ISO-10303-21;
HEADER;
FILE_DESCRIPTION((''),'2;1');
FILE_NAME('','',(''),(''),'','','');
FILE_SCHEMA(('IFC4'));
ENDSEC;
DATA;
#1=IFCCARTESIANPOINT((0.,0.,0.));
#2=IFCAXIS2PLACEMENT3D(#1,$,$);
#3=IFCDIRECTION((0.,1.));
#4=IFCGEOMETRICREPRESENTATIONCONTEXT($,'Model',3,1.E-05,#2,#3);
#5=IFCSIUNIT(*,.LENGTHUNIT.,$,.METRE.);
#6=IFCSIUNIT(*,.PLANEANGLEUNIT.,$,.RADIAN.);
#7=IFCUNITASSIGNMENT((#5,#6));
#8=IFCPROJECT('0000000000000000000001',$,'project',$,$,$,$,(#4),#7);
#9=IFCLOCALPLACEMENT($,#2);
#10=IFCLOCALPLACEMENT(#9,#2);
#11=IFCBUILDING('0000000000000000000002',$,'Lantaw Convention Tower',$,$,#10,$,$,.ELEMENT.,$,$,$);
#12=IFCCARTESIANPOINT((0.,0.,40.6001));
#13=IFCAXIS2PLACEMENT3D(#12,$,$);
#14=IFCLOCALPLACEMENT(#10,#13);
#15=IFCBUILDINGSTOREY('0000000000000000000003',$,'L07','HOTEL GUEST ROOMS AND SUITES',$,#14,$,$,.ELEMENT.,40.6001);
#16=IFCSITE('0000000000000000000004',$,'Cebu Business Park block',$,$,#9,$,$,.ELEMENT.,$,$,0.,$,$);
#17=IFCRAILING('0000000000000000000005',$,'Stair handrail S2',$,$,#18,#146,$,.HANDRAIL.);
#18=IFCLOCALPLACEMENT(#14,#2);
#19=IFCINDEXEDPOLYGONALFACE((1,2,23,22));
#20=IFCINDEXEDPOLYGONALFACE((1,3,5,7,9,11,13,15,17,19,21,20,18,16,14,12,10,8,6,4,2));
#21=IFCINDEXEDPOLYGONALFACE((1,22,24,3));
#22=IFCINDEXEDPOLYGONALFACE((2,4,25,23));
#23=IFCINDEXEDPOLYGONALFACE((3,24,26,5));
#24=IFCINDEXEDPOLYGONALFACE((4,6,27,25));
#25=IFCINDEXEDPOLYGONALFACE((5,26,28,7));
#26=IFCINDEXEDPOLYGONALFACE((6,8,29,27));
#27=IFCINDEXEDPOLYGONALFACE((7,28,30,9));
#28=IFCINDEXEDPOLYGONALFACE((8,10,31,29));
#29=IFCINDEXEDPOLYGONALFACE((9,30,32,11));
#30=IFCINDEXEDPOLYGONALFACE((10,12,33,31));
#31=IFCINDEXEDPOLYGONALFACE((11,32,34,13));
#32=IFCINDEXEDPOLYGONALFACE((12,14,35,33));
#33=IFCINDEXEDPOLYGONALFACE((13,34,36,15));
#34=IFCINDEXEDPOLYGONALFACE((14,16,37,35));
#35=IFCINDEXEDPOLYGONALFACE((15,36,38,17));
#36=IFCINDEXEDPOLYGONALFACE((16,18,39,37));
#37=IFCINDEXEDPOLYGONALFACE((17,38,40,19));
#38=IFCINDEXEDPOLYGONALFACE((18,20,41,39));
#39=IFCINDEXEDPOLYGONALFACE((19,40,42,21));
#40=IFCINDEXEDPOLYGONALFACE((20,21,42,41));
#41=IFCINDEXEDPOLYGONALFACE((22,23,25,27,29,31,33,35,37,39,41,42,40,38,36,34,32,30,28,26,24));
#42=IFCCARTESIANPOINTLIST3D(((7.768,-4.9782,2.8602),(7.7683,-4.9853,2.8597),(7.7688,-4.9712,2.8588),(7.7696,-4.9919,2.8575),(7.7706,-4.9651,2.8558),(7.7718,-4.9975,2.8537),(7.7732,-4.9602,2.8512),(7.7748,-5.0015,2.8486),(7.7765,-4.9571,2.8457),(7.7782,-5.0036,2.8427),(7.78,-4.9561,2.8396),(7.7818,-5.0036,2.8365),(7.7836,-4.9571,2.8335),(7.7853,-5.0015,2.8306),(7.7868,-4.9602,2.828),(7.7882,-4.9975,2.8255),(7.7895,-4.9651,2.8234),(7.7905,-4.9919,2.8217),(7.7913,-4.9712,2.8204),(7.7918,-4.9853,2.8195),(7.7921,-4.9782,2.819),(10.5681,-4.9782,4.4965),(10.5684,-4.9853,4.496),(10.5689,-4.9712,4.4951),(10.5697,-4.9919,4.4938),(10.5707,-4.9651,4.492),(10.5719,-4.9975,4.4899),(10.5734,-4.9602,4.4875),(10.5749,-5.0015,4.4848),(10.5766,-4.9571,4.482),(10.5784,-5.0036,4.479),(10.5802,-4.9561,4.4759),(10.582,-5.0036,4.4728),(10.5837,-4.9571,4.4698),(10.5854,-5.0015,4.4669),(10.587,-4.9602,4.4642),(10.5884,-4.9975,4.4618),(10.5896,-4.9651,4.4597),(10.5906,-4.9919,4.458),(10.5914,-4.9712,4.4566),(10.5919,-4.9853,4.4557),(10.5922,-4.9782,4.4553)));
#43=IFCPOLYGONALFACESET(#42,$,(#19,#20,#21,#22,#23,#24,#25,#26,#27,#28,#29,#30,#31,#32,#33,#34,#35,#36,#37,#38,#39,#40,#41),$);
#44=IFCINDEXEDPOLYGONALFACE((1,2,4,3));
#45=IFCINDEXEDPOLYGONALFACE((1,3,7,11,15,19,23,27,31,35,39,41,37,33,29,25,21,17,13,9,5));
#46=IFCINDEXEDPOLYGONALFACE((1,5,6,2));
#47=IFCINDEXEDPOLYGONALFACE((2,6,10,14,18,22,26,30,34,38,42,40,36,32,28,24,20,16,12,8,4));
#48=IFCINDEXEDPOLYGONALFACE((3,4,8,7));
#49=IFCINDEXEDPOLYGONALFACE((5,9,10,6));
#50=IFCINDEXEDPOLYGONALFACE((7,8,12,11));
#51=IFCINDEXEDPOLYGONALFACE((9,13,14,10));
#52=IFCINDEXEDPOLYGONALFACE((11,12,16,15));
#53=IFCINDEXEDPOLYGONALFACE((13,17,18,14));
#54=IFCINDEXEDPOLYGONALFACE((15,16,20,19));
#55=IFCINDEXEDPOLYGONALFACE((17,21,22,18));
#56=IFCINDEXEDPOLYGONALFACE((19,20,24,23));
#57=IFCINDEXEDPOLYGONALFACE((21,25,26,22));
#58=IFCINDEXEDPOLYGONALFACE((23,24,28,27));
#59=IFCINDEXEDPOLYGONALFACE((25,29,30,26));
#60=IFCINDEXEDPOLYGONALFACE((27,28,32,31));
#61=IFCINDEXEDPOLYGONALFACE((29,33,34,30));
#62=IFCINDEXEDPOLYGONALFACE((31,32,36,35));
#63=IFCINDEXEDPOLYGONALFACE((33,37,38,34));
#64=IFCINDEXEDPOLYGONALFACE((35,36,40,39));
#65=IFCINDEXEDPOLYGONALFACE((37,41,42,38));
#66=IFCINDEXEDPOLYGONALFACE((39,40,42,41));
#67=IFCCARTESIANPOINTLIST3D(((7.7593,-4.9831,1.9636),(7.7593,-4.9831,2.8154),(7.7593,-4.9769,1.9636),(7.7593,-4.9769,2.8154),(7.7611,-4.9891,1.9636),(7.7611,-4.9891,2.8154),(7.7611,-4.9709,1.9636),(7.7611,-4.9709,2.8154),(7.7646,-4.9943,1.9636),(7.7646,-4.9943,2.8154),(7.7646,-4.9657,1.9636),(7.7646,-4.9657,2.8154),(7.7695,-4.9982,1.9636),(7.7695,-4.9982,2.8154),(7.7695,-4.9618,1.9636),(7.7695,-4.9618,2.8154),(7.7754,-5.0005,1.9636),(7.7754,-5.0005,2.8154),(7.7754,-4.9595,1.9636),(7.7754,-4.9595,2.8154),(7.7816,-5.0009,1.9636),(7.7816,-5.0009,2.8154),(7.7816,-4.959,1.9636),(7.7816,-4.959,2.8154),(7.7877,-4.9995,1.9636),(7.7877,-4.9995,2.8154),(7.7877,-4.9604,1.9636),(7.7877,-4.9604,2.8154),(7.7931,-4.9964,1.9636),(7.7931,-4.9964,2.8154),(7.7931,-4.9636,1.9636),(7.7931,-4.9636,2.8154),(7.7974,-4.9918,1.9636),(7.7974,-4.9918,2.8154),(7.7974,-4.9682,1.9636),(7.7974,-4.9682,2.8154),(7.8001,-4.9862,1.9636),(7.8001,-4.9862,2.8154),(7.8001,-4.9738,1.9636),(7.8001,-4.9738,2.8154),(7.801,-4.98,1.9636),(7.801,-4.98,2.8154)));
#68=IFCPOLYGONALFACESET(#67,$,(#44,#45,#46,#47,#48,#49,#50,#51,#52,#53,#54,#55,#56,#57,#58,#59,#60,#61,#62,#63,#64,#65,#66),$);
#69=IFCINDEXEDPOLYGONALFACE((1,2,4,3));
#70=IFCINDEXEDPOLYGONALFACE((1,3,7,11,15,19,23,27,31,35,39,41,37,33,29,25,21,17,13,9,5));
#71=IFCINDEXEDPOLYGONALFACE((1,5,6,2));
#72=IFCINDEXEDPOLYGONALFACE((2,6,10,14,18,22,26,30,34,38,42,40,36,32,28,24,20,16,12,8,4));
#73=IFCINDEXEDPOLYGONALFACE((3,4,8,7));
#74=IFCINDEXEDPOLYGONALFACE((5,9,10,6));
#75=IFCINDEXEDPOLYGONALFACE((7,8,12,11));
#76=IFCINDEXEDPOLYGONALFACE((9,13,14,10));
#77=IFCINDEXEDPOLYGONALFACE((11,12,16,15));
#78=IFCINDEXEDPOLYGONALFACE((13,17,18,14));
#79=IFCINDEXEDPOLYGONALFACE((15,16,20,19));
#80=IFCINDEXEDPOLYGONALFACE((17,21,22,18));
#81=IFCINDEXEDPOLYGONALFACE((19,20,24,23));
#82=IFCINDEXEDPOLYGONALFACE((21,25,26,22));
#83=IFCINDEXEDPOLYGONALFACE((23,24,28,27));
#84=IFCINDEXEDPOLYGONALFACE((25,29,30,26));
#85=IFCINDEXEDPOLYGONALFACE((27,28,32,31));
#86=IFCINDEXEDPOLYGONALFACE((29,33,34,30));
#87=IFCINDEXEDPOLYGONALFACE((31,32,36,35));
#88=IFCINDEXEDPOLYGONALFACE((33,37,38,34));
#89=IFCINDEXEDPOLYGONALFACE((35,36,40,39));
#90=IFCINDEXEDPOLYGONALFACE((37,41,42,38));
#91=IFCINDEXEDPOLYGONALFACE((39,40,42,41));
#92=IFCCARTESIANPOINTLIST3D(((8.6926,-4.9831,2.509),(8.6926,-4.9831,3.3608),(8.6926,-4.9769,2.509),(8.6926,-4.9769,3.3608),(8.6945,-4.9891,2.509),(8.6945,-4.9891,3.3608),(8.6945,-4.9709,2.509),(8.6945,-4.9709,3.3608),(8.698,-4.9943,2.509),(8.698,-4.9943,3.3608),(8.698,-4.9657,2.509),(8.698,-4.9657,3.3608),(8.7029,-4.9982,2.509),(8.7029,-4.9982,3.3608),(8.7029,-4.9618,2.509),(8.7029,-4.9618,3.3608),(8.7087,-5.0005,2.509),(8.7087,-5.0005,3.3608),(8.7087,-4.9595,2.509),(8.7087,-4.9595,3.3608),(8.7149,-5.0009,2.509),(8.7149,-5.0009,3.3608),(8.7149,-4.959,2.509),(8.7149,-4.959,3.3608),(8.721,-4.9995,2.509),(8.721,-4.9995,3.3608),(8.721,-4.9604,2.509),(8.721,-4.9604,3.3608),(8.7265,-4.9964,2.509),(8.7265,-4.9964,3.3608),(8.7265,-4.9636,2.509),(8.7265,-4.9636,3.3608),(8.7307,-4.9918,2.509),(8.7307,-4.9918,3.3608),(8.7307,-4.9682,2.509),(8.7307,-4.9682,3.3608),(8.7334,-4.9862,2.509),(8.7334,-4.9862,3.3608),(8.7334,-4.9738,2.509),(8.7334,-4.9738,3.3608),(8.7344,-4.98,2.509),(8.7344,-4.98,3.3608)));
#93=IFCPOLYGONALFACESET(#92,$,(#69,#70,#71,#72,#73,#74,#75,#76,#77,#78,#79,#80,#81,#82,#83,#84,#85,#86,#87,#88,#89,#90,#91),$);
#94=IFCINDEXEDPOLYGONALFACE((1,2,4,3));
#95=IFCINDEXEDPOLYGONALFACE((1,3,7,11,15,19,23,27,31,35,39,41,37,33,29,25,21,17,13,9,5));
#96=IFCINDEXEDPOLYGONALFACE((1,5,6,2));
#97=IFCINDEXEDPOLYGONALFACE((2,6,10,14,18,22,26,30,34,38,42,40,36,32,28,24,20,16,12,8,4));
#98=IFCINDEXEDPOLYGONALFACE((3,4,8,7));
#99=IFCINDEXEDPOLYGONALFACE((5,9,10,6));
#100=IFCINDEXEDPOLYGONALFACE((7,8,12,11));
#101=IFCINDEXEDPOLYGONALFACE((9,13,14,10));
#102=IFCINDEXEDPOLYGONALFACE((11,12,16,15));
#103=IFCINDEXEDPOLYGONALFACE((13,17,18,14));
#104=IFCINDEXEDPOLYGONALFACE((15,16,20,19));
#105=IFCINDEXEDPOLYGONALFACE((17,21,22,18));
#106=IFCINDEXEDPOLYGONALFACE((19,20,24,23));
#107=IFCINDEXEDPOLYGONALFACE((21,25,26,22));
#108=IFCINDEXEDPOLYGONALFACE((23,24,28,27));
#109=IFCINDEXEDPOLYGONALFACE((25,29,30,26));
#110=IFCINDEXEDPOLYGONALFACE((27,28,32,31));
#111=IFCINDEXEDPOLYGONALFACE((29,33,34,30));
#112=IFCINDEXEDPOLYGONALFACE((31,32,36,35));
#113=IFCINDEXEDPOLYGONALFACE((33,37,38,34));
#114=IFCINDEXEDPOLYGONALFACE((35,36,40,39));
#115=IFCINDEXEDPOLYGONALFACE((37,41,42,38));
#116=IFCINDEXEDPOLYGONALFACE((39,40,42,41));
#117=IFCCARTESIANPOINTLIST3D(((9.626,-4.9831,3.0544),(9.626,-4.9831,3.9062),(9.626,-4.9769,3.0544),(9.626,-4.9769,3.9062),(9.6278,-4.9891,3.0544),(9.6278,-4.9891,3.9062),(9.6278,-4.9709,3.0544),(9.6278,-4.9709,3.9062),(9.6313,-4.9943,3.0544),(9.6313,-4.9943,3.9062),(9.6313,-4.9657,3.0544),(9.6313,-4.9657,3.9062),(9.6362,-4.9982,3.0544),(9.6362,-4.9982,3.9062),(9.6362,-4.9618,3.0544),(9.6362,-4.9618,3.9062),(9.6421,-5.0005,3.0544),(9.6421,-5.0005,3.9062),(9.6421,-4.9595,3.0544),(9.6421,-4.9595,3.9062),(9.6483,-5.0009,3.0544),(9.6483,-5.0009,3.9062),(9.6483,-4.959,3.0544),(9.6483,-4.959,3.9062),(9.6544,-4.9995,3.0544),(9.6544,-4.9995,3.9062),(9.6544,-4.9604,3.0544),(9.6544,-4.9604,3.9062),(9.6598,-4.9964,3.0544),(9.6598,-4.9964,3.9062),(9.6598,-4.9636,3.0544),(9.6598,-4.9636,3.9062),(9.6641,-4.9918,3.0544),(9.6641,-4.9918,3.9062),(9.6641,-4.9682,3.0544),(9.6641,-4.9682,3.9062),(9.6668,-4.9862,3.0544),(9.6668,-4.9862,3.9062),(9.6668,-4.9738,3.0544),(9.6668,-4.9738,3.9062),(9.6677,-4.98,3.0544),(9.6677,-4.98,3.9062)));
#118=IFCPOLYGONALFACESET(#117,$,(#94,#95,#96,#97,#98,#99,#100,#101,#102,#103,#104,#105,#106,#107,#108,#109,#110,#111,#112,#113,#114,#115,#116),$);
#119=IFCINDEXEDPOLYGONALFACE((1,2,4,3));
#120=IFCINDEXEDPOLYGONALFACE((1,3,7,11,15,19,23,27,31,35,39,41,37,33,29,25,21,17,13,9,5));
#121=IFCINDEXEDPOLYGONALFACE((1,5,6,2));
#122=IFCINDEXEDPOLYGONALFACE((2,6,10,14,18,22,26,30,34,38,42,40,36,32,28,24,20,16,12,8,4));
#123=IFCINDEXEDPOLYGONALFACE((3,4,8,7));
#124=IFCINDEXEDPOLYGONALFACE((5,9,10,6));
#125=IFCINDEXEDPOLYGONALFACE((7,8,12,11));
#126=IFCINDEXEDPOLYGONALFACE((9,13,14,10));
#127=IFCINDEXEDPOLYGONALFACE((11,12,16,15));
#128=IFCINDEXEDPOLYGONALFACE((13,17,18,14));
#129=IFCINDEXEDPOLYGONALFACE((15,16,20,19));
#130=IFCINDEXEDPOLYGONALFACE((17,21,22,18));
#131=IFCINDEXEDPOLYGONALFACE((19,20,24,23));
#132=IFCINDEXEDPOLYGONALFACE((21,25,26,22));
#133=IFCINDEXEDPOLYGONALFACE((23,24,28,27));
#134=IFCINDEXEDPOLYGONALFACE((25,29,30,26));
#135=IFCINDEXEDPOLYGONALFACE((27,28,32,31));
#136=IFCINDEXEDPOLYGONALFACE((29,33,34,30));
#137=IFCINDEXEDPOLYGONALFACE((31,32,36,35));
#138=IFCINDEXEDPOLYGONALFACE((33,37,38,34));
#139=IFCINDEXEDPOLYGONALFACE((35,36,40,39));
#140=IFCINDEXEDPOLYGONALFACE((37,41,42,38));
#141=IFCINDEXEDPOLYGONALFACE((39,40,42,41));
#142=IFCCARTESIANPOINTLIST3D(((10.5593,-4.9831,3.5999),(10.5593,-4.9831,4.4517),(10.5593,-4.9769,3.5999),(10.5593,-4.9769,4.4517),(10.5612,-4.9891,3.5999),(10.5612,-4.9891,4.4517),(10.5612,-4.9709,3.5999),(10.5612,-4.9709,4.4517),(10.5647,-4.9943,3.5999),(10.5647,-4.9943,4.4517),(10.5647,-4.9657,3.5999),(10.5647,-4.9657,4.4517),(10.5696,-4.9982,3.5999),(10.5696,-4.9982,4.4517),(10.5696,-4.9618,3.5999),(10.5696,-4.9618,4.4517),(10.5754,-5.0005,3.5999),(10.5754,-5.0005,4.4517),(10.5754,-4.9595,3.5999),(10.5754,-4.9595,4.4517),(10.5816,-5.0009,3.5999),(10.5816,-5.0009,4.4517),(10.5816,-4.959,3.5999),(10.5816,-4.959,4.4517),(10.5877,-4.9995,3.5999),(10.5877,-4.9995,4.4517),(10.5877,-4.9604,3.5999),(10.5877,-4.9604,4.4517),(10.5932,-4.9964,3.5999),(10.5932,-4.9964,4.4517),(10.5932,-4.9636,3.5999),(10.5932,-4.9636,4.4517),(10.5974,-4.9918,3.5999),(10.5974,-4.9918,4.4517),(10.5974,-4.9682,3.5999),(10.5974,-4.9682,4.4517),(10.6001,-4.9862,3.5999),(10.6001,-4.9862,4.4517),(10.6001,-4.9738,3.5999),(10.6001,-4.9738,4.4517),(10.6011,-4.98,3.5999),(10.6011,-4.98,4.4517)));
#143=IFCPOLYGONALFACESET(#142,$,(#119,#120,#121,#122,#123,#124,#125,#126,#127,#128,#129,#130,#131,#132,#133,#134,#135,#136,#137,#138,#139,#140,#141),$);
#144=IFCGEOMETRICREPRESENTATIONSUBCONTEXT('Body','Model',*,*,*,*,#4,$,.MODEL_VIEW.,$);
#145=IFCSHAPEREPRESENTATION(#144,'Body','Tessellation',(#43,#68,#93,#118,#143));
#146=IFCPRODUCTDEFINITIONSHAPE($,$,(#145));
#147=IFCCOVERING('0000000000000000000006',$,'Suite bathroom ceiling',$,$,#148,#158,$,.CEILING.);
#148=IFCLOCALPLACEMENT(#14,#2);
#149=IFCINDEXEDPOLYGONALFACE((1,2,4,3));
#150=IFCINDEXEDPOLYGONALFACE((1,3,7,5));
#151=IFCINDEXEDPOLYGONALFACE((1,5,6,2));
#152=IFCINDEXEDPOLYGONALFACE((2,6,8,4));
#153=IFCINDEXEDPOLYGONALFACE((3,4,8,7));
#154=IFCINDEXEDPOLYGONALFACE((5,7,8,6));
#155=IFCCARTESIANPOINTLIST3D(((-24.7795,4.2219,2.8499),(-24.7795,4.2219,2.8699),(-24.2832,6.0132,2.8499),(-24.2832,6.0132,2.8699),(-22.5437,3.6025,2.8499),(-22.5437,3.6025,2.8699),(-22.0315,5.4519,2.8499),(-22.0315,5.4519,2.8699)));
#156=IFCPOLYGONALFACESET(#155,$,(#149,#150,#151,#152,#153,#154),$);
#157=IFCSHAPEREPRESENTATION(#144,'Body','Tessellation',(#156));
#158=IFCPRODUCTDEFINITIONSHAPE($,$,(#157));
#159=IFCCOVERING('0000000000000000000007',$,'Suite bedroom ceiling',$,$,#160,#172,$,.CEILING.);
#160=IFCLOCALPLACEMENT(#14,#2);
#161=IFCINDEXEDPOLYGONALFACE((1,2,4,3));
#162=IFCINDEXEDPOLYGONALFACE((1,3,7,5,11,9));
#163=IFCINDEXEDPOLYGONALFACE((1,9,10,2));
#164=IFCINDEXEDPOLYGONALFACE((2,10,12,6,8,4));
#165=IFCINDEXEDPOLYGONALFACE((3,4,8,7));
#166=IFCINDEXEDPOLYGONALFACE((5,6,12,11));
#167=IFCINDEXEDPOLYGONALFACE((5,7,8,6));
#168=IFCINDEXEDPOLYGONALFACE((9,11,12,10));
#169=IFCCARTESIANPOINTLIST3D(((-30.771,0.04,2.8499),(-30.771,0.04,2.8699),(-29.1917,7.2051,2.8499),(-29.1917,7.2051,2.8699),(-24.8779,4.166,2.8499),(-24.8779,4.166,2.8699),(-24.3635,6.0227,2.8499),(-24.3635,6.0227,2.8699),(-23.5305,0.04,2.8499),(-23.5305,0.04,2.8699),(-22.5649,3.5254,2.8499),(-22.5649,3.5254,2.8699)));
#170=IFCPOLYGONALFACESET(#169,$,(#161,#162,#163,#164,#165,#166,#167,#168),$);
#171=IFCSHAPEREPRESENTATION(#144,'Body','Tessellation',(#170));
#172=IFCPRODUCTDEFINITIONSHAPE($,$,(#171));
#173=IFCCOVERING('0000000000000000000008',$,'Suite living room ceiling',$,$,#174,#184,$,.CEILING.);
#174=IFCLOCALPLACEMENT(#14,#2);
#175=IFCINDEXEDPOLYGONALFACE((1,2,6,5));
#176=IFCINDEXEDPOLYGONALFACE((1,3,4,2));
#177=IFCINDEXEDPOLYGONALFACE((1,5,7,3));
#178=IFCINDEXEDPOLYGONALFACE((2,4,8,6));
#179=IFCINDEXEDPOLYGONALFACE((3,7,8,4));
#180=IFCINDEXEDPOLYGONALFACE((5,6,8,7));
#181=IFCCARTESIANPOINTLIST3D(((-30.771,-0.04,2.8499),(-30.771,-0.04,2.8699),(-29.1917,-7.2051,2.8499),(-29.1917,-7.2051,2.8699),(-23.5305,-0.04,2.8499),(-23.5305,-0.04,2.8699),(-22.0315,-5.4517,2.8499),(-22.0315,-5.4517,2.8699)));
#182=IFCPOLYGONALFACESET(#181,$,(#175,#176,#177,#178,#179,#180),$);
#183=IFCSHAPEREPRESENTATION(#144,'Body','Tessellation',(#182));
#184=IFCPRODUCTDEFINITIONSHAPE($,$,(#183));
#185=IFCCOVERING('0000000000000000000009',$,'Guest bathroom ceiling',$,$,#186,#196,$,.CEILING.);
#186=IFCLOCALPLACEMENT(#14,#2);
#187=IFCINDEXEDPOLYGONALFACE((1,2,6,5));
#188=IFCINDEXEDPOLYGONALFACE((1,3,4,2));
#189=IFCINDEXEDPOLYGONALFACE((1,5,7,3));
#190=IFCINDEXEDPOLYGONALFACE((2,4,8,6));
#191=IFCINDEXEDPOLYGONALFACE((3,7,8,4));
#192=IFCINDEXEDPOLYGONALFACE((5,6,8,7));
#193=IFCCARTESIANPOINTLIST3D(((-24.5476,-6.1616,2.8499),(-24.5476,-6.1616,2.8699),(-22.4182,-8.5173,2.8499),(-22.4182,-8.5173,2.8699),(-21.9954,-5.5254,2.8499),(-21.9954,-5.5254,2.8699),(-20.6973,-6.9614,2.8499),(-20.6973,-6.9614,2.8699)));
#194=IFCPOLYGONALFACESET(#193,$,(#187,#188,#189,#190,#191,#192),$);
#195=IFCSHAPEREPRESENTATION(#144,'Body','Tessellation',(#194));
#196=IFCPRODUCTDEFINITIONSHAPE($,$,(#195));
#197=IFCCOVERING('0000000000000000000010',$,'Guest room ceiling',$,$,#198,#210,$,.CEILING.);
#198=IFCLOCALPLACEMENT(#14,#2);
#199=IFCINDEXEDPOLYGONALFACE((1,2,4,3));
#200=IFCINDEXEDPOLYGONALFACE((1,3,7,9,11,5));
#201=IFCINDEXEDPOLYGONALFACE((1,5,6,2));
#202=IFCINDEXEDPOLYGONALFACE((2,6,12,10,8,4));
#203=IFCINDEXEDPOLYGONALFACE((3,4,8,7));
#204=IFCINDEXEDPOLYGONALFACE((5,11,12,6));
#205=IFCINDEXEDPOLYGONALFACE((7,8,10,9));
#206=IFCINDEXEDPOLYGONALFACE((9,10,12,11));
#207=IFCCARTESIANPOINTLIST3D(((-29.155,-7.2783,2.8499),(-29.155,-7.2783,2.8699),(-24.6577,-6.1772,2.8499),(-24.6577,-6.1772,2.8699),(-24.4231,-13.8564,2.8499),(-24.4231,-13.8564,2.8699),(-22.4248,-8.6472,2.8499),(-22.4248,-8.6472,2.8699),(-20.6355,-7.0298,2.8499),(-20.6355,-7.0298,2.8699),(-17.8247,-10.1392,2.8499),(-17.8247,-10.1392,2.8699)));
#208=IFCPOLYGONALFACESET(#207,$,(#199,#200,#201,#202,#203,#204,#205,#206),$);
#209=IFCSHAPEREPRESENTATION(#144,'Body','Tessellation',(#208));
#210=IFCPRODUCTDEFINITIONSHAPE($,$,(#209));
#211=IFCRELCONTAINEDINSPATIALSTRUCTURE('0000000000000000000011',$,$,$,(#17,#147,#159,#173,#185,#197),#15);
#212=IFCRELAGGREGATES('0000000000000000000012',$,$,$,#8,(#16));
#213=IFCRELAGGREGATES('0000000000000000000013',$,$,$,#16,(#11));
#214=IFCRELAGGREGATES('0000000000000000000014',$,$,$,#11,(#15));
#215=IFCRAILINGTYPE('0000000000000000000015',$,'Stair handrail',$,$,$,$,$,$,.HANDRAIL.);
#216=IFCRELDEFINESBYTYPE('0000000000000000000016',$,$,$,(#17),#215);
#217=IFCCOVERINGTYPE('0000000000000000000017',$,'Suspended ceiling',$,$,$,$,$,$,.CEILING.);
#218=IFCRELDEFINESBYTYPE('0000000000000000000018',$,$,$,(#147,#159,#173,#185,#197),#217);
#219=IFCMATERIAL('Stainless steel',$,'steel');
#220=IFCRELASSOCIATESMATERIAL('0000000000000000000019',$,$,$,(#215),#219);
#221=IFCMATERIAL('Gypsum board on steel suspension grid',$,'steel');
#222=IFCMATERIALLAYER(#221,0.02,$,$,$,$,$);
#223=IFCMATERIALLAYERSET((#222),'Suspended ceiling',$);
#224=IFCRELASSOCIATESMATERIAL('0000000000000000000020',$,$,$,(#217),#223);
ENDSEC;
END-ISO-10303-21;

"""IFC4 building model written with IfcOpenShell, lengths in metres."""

from ifc_helpers import new_model, si_unit, direction, frame, origin, origin_2d, place, context, subcontext, project, spatial, polyline, circle, outline, extrude, material, layer, layer_set, type_object, element, save


model = new_model("IFC4")

# Units and contexts
model_context = context("Model", 3, precision=1e-05, world=origin(), true_north=direction((0.0, 1.0)))
body_context = subcontext(model_context, "Body", "Model", "MODEL_VIEW")
ifc_project = project(units=[si_unit("LENGTHUNIT", "METRE"), si_unit("PLANEANGLEUNIT", "RADIAN")], contexts=[model_context])

# Site, building, storey
site_placement = place(None, origin())
site = spatial("IfcSite", under=ifc_project, at=site_placement, Name="Cebu Business Park block", CompositionType="ELEMENT", RefElevation=0.0)
building_placement = place(site_placement, origin())
building = spatial("IfcBuilding", under=site, at=building_placement, Name="Lantaw Convention Tower", CompositionType="ELEMENT")
storey_placement = place(building_placement, frame((0.0, 0.0, 40.6001)))
storey = spatial("IfcBuildingStorey", under=building, at=storey_placement, Name="L07", Description="HOTEL GUEST ROOMS AND SUITES", CompositionType="ELEMENT", Elevation=40.6001)

# Railing
ifc_material_1 = material(Name="Stainless steel", Category="steel")
railing_type = type_object("IfcRailingType", Name="Stair handrail", PredefinedType="HANDRAIL", material=ifc_material_1)
railing_1_placement = place(storey_placement, frame((7.78, -4.98, 1.9636)))
element("IfcRailing", 1, at=railing_1_placement, inside=storey, type_object=railing_type, Name="Stair handrail S2", PredefinedType="HANDRAIL", context=body_context, shape_type="SweptSolid", body=[
    extrude(circle(Radius=0.0239, at=origin_2d()), frame((0.0, 0.0, 0.876), z_axis=(0.863394, 0.0, 0.504531), x_axis=(0.0, 1.0, 0.0)), (0.0, 0.0, 1.0), 3.2432),
    extrude(circle(Radius=0.021, at=origin_2d()), origin(), (0.0, 0.0, 1.0), 0.8518),
    extrude(circle(Radius=0.021, at=origin_2d()), frame((0.9333, 0.0, 0.5454)), (0.0, 0.0, 1.0), 0.8518),
    extrude(circle(Radius=0.021, at=origin_2d()), frame((1.8667, 0.0, 1.0908)), (0.0, 0.0, 1.0), 0.8518),
    extrude(circle(Radius=0.021, at=origin_2d()), frame((2.8, 0.0, 1.6362)), (0.0, 0.0, 1.0), 0.8518),
])

# Coverings
ifc_material_2 = material(Name="Gypsum board on steel suspension grid", Category="steel")
ifc_layer_1 = layer(ifc_material_2, 0.02)
ifc_layer_set_1 = layer_set([ifc_layer_1], Name="Suspended ceiling")
covering_type = type_object("IfcCoveringType", Name="Suspended ceiling", PredefinedType="CEILING", material=ifc_layer_set_1)
covering_1_placement = place(storey_placement, frame((0.0, 0.0, 2.8499)))
element("IfcCovering", 2, at=covering_1_placement, inside=storey, type_object=covering_type, Name="Suite bathroom ceiling", PredefinedType="CEILING", context=body_context, shape_type="SweptSolid", body=[
    extrude(outline(polyline([(-22.0315, 5.4519), (-24.2832, 6.0132), (-24.7795, 4.2219), (-22.5437, 3.6025), (-22.0315, 5.4519)])), origin(), (0.0, 0.0, 1.0), 0.02),
])
covering_2_placement = place(storey_placement, frame((0.0, 0.0, 2.8499)))
element("IfcCovering", 3, at=covering_2_placement, inside=storey, type_object=covering_type, Name="Suite bedroom ceiling", PredefinedType="CEILING", context=body_context, shape_type="SweptSolid", body=[
    extrude(outline(polyline([(-23.5305, 0.04), (-22.5649, 3.5254), (-24.8779, 4.166), (-24.3635, 6.0227), (-29.1917, 7.2051), (-30.771, 0.04), (-23.5305, 0.04)])), origin(), (0.0, 0.0, 1.0), 0.02),
])
covering_3_placement = place(storey_placement, frame((0.0, 0.0, 2.8499)))
element("IfcCovering", 4, at=covering_3_placement, inside=storey, type_object=covering_type, Name="Suite living room ceiling", PredefinedType="CEILING", context=body_context, shape_type="SweptSolid", body=[
    extrude(outline(polyline([(-23.5305, -0.04), (-30.771, -0.04), (-29.1917, -7.2051), (-22.0315, -5.4517), (-23.5305, -0.04)])), origin(), (0.0, 0.0, 1.0), 0.02),
])
covering_4_placement = place(storey_placement, frame((0.0, 0.0, 2.8499)))
element("IfcCovering", 5, at=covering_4_placement, inside=storey, type_object=covering_type, Name="Guest bathroom ceiling", PredefinedType="CEILING", context=body_context, shape_type="SweptSolid", body=[
    extrude(outline(polyline([(-21.9954, -5.5254), (-24.5476, -6.1616), (-22.4182, -8.5173), (-20.6973, -6.9614), (-21.9954, -5.5254)])), origin(), (0.0, 0.0, 1.0), 0.02),
])
covering_5_placement = place(storey_placement, frame((0.0, 0.0, 2.8499)))
element("IfcCovering", 6, at=covering_5_placement, inside=storey, type_object=covering_type, Name="Guest room ceiling", PredefinedType="CEILING", context=body_context, shape_type="SweptSolid", body=[
    extrude(outline(polyline([(-17.8247, -10.1392), (-20.6355, -7.0298), (-22.4248, -8.6472), (-24.6577, -6.1772), (-29.155, -7.2783), (-24.4231, -13.8564), (-17.8247, -10.1392)])), origin(), (0.0, 0.0, 1.0), 0.02),
])

save(model, "model.ifc")
